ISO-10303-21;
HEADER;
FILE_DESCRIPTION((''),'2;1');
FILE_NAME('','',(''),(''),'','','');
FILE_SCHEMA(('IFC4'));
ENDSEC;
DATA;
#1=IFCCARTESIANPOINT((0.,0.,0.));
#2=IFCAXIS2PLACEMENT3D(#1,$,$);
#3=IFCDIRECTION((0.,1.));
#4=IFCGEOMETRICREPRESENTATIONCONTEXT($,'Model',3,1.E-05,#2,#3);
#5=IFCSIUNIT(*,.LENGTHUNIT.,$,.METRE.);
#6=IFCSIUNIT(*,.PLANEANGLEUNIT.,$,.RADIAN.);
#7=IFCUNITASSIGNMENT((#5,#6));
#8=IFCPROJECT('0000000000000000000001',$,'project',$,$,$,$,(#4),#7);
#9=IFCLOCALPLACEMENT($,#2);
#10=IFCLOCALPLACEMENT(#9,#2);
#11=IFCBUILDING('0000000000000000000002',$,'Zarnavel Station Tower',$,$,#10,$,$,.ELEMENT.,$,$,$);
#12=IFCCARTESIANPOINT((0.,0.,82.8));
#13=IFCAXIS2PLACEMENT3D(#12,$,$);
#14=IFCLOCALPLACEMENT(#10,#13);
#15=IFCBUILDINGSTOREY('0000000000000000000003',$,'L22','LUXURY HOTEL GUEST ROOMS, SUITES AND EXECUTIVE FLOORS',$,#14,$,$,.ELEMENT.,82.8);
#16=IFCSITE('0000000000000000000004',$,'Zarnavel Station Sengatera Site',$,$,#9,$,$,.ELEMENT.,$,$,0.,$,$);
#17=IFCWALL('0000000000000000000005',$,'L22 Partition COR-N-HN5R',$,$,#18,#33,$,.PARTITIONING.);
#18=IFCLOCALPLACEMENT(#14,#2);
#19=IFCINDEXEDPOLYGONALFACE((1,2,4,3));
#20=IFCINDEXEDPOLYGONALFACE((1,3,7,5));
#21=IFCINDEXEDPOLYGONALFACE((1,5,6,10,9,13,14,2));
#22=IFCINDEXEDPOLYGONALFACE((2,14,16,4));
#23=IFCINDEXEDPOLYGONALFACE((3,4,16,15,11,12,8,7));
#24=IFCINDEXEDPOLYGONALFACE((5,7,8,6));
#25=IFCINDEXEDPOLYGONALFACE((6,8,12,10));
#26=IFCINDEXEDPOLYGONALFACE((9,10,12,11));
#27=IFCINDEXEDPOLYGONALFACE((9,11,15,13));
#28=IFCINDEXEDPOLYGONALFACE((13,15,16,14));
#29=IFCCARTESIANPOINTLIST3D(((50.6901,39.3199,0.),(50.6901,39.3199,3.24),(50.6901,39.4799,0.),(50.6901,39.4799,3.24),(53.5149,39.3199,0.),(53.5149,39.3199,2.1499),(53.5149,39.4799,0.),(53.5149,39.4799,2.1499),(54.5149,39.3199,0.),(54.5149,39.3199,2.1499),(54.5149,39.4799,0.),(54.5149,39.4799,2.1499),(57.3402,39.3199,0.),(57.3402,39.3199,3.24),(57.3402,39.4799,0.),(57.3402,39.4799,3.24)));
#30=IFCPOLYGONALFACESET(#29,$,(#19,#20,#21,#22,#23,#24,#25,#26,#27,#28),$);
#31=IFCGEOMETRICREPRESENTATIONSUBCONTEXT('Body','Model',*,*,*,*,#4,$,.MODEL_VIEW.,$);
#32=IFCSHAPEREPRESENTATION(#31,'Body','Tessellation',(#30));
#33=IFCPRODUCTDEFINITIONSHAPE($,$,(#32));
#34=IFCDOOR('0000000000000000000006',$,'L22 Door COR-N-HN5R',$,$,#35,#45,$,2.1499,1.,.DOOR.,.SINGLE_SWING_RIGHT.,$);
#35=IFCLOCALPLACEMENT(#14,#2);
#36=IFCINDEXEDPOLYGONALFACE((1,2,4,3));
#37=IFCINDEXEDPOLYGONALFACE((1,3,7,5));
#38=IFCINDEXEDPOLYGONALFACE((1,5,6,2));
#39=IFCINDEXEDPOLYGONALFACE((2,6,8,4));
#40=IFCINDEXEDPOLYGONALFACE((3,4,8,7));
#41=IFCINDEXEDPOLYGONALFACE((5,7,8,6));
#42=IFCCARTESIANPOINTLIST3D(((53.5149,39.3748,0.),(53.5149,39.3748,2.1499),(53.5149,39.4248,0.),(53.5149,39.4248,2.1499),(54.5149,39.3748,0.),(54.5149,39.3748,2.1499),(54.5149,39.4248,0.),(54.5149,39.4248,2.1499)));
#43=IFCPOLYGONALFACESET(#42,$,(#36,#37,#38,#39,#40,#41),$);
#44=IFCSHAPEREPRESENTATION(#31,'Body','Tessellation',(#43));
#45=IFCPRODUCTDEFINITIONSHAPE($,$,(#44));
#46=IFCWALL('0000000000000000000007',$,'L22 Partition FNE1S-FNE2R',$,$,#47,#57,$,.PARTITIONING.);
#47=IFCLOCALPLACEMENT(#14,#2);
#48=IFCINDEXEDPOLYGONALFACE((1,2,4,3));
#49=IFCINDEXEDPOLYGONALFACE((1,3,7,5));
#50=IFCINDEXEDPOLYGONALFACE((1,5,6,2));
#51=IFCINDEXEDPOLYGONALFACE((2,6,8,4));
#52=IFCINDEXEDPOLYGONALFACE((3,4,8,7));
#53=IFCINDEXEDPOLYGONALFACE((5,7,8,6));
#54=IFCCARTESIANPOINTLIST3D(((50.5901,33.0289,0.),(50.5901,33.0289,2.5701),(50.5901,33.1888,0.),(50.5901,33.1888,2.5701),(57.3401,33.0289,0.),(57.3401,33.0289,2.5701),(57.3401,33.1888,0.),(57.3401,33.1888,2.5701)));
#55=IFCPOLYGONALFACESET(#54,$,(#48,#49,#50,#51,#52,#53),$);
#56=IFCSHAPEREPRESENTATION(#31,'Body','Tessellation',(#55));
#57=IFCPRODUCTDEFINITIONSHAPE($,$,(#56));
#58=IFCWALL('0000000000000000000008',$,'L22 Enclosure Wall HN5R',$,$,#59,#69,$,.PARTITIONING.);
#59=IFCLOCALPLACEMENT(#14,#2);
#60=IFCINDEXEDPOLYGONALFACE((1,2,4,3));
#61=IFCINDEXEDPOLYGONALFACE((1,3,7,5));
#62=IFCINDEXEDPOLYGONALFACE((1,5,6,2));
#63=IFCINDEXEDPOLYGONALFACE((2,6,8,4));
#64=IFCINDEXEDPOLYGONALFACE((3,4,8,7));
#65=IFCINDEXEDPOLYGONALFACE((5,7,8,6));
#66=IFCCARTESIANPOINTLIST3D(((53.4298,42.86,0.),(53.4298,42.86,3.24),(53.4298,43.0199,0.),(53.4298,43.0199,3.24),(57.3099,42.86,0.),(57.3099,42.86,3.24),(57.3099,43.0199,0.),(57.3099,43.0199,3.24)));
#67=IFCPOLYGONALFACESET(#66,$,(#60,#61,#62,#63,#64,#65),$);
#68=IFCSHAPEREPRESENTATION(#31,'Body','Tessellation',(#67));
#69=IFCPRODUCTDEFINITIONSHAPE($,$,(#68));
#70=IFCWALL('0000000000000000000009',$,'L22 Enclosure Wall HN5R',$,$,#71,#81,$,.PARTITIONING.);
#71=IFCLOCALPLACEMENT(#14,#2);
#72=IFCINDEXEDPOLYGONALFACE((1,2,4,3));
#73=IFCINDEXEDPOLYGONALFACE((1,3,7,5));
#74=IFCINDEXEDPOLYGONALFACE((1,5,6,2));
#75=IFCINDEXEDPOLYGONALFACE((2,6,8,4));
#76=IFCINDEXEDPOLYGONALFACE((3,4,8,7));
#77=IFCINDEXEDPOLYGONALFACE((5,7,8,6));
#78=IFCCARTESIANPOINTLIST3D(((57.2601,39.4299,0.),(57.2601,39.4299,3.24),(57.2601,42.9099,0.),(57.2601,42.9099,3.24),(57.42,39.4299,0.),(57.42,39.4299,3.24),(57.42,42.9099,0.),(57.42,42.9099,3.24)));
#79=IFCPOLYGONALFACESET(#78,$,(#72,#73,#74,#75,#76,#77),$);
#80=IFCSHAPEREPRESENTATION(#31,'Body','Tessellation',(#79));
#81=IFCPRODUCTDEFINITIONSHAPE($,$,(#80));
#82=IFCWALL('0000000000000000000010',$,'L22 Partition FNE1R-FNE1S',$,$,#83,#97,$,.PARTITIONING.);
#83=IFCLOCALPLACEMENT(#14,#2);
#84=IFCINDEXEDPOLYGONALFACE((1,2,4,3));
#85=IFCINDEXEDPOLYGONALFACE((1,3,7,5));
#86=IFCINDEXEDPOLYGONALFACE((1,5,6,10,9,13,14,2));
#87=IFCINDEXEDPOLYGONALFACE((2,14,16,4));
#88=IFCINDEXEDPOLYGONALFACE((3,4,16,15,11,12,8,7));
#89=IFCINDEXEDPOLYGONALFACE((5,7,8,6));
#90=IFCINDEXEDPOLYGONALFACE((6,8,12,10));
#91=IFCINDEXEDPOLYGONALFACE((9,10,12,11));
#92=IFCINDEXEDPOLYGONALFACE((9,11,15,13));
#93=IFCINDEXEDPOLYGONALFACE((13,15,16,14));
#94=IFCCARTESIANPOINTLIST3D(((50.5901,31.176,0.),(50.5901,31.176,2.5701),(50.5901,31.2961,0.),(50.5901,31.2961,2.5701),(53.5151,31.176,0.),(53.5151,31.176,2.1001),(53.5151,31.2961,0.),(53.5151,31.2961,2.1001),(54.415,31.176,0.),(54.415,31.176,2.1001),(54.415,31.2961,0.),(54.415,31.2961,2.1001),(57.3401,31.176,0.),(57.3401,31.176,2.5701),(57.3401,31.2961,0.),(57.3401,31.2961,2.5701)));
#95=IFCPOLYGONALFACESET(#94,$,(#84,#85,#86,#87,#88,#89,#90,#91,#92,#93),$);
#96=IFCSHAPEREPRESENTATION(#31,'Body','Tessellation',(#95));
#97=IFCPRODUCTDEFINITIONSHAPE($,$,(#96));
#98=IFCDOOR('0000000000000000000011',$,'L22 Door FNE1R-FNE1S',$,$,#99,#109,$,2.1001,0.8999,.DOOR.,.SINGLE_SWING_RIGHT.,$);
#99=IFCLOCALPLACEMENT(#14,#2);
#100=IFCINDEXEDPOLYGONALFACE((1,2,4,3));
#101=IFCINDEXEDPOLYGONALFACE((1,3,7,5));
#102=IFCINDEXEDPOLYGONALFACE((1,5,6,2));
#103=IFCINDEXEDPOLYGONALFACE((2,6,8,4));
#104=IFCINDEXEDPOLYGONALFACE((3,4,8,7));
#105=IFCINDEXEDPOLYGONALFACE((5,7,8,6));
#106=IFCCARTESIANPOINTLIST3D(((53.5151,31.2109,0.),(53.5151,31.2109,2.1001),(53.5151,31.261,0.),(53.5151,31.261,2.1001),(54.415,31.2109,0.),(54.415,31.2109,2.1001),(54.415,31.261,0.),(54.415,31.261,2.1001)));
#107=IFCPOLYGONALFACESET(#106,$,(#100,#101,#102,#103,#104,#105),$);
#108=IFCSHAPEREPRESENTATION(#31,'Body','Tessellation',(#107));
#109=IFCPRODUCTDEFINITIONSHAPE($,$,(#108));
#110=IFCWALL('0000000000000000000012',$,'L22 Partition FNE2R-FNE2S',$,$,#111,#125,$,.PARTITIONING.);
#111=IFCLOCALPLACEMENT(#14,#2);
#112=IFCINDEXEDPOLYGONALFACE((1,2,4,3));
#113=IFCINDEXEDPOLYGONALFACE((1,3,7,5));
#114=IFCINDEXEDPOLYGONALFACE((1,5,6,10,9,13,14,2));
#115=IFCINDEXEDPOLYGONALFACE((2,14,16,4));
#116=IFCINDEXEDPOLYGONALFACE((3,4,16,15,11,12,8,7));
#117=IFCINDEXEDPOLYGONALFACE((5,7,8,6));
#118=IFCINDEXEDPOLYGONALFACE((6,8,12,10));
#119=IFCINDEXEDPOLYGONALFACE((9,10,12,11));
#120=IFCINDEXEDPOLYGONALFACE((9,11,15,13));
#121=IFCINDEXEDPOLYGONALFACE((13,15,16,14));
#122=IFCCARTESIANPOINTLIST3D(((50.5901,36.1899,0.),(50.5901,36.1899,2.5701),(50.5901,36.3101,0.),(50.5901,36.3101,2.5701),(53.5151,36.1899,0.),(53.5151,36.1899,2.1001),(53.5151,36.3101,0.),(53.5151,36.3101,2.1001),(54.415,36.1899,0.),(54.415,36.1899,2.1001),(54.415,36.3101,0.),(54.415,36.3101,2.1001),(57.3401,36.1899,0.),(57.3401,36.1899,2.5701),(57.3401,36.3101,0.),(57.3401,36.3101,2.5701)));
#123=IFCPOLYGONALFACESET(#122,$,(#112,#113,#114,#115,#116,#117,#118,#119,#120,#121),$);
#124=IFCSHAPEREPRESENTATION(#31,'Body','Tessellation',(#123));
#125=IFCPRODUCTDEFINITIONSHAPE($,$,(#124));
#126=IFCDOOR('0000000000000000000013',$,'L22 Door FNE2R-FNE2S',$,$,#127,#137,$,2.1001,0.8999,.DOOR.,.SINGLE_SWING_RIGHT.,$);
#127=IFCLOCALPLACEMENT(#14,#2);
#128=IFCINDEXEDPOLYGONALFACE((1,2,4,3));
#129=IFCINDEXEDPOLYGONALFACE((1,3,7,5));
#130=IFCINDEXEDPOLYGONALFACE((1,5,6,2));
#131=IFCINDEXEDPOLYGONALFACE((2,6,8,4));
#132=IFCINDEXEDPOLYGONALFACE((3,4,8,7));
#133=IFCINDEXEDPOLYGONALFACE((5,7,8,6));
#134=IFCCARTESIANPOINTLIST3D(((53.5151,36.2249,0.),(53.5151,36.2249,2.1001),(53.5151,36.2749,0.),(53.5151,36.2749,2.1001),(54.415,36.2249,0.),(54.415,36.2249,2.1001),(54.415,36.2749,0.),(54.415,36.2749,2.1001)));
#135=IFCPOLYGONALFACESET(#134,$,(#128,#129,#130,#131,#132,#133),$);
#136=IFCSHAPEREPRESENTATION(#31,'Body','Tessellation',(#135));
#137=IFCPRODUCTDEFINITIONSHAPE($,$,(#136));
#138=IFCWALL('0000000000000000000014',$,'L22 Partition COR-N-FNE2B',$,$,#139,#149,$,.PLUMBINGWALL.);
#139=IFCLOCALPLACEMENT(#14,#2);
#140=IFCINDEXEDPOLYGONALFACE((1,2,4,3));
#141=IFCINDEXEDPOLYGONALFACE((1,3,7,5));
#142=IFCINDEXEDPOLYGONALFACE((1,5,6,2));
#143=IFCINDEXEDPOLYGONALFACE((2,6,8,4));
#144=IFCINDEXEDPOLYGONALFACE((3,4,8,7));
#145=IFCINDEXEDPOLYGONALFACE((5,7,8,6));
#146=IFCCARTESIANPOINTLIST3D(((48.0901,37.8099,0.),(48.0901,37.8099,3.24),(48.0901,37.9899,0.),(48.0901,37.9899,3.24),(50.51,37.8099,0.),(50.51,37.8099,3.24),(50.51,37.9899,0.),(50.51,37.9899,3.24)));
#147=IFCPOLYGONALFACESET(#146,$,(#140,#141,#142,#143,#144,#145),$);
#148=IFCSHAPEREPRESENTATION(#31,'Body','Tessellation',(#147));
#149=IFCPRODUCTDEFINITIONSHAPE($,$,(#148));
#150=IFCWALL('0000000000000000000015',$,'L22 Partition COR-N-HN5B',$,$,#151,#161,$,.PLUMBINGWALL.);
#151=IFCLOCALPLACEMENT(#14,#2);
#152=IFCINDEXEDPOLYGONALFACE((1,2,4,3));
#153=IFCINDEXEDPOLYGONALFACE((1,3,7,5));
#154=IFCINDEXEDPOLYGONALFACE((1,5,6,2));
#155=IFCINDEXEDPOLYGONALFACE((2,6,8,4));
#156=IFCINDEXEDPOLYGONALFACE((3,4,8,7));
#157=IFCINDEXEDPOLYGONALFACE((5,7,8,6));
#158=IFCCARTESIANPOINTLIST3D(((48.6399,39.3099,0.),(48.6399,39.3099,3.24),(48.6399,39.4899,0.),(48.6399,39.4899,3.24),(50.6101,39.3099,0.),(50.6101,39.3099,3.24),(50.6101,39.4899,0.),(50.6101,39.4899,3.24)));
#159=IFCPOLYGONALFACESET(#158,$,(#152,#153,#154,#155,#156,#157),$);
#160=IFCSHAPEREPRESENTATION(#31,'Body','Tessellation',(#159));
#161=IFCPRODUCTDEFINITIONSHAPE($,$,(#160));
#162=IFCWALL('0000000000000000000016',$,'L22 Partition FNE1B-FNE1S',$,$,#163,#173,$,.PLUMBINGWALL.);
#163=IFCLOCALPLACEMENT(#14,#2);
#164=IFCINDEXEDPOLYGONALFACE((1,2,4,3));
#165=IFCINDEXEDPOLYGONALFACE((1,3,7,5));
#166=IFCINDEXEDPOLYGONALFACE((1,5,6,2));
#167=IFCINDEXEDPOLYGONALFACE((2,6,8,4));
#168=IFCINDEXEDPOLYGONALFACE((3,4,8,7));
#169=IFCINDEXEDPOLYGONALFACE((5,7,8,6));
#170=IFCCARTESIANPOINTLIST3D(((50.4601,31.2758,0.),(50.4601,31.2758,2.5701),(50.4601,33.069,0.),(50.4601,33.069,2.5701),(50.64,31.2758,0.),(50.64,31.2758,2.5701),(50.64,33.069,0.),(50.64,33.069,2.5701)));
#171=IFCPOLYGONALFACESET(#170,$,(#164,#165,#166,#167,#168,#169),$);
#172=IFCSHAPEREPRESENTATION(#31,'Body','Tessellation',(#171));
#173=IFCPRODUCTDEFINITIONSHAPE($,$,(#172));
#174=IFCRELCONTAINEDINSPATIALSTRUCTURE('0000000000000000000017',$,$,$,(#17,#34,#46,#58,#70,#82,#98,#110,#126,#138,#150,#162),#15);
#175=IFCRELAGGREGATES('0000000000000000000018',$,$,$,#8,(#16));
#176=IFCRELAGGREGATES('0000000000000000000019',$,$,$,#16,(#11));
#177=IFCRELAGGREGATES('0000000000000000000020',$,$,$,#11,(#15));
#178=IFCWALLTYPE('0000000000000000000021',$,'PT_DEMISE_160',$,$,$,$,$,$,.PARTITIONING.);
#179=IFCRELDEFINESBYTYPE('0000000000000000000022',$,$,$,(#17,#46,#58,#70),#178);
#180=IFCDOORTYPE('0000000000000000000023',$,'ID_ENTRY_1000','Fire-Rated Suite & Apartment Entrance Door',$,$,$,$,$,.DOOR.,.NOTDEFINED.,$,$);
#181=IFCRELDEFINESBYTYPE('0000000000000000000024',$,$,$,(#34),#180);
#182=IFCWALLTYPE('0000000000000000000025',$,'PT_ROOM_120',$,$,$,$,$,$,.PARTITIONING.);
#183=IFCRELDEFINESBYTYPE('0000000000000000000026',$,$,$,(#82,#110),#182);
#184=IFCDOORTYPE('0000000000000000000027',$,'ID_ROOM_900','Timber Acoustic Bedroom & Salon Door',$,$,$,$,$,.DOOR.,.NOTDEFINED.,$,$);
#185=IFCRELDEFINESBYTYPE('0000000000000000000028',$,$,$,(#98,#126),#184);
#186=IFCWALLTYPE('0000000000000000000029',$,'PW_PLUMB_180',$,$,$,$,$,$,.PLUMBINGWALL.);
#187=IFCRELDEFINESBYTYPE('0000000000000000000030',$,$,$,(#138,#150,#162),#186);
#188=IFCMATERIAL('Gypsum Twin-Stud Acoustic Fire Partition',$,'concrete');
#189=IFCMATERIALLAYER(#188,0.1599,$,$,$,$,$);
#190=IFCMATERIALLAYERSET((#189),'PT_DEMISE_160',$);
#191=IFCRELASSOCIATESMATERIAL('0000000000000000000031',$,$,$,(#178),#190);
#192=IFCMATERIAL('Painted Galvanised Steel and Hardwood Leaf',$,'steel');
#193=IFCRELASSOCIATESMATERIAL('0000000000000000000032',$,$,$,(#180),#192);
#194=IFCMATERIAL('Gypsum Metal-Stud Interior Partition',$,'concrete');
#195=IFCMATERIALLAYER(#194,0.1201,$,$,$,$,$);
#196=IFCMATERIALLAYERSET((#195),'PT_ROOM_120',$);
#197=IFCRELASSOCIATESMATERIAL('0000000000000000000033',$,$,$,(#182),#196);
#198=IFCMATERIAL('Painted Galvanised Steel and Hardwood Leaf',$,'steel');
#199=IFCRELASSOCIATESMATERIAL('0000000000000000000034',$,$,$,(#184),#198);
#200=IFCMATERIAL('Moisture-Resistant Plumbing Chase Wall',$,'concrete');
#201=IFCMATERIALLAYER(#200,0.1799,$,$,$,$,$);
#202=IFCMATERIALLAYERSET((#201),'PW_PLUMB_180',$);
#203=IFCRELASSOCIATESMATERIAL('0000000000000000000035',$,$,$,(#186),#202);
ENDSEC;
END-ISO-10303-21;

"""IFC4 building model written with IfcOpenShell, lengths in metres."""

from ifc_helpers import new_model, si_unit, direction, frame, frame_2d, origin, place, context, subcontext, project, spatial, rectangle, extrude, material, layer, layer_set, type_object, element, fill, save


model = new_model("IFC4")

# Units and contexts
model_context = context("Model", 3, precision=1e-05, world=origin(), true_north=direction((0.0, 1.0)))
body_context = subcontext(model_context, "Body", "Model", "MODEL_VIEW")
ifc_project = project(units=[si_unit("LENGTHUNIT", "METRE"), si_unit("PLANEANGLEUNIT", "RADIAN")], contexts=[model_context])

# Site, building, storey
site_placement = place(None, origin())
site = spatial("IfcSite", under=ifc_project, at=site_placement, Name="Zarnavel Station Sengatera Site", CompositionType="ELEMENT", RefElevation=0.0)
building_placement = place(site_placement, origin())
building = spatial("IfcBuilding", under=site, at=building_placement, Name="Zarnavel Station Tower", CompositionType="ELEMENT")
storey_placement = place(building_placement, frame((0.0, 0.0, 82.8)))
storey = spatial("IfcBuildingStorey", under=building, at=storey_placement, Name="L22", Description="LUXURY HOTEL GUEST ROOMS, SUITES AND EXECUTIVE FLOORS", CompositionType="ELEMENT", Elevation=82.8)

# Shared definitions
ifc_material_1 = material(Name="Gypsum Twin-Stud Acoustic Fire Partition", Category="concrete")
ifc_layer_1 = layer(ifc_material_1, 0.1599)
ifc_layer_set_1 = layer_set([ifc_layer_1], Name="PT_DEMISE_160")
wall_type_1 = type_object("IfcWallType", Name="PT_DEMISE_160", PredefinedType="PARTITIONING", material=ifc_layer_set_1)

# Wall, opening, door
wall_1_placement = place(storey_placement, frame((50.6899, 39.3999, 0.0), z_axis=(0.0, 0.0, 1.0), x_axis=(1.0, 0.0, 0.0)))
wall_1 = element("IfcWall", 1, at=wall_1_placement, inside=storey, type_object=wall_type_1, Name="L22 Partition COR-N-HN5R", PredefinedType="PARTITIONING", context=body_context, shape_type="SweptSolid", body=[
    extrude(rectangle(XDim=6.6501, YDim=0.1599, at=frame_2d((3.3252, 0.0))), origin(), (0.0, 0.0, 1.0), 3.24),
])
opening_1_placement = place(wall_1_placement, frame((2.825, 0.0, 0.0)))
opening_1 = element("IfcOpeningElement", 2, at=opening_1_placement, cuts=wall_1, PredefinedType="OPENING", context=body_context, shape_type="SweptSolid", body=[
    extrude(rectangle(XDim=1.0, YDim=2.1499, at=frame_2d((0.5, 1.075))), frame((0.0, 0.0898, 0.0), z_axis=(0.0, -1.0, 0.0), x_axis=(1.0, 0.0, 0.0)), (0.0, 0.0, 1.0), 0.1799),
])
ifc_material_2 = material(Name="Painted Galvanised Steel and Hardwood Leaf", Category="steel")
door_type_1 = type_object("IfcDoorType", Name="ID_ENTRY_1000", Description="Fire-Rated Suite & Apartment Entrance Door", OperationType="NOTDEFINED", PredefinedType="DOOR", material=ifc_material_2)
door_1_placement = place(opening_1_placement, origin())
door_1 = element("IfcDoor", 3, at=door_1_placement, inside=storey, type_object=door_type_1, Name="L22 Door COR-N-HN5R", OperationType="SINGLE_SWING_RIGHT", OverallHeight=2.1499, OverallWidth=1.0, PredefinedType="DOOR", context=body_context, shape_type="SweptSolid", body=[
    extrude(rectangle(XDim=1.0, YDim=2.1499, at=frame_2d((0.5, 1.075))), frame((0.0, 0.0249, 0.0), z_axis=(0.0, -1.0, 0.0), x_axis=(1.0, 0.0, 0.0)), (0.0, 0.0, 1.0), 0.05),
])
fill(opening_1, door_1)

# Walls
wall_2_placement = place(storey_placement, frame((50.5901, 33.1089, 0.0), z_axis=(0.0, 0.0, 1.0), x_axis=(1.0, 0.0, 0.0)))
element("IfcWall", 4, at=wall_2_placement, inside=storey, type_object=wall_type_1, Name="L22 Partition FNE1S-FNE2R", PredefinedType="PARTITIONING", context=body_context, shape_type="SweptSolid", body=[
    extrude(rectangle(XDim=6.75, YDim=0.1599, at=frame_2d((3.375, 0.0))), origin(), (0.0, 0.0, 1.0), 2.5701),
])
wall_3_placement = place(storey_placement, frame((53.4299, 42.9399, 0.0), z_axis=(0.0, 0.0, 1.0), x_axis=(1.0, 0.0, 0.0)))
element("IfcWall", 5, at=wall_3_placement, inside=storey, type_object=wall_type_1, Name="L22 Enclosure Wall HN5R", PredefinedType="PARTITIONING", context=body_context, shape_type="SweptSolid", body=[
    extrude(rectangle(XDim=3.8801, YDim=0.1599, at=frame_2d((1.9399, 0.0))), origin(), (0.0, 0.0, 1.0), 3.24),
])
wall_4_placement = place(storey_placement, frame((57.3401, 39.4299, 0.0), z_axis=(0.0, 0.0, 1.0), x_axis=(0.0, 1.0, 0.0)))
element("IfcWall", 6, at=wall_4_placement, inside=storey, type_object=wall_type_1, Name="L22 Enclosure Wall HN5R", PredefinedType="PARTITIONING", context=body_context, shape_type="SweptSolid", body=[
    extrude(rectangle(XDim=3.48, YDim=0.1599, at=frame_2d((1.74, 0.0))), origin(), (0.0, 0.0, 1.0), 3.24),
])

# Walls, openings, doors
ifc_material_3 = material(Name="Gypsum Metal-Stud Interior Partition", Category="concrete")
ifc_layer_2 = layer(ifc_material_3, 0.1201)
ifc_layer_set_2 = layer_set([ifc_layer_2], Name="PT_ROOM_120")
wall_type_2 = type_object("IfcWallType", Name="PT_ROOM_120", PredefinedType="PARTITIONING", material=ifc_layer_set_2)
wall_5_placement = place(storey_placement, frame((50.5901, 31.2361, 0.0), z_axis=(0.0, 0.0, 1.0), x_axis=(1.0, 0.0, 0.0)))
wall_5 = element("IfcWall", 7, at=wall_5_placement, inside=storey, type_object=wall_type_2, Name="L22 Partition FNE1R-FNE1S", PredefinedType="PARTITIONING", context=body_context, shape_type="SweptSolid", body=[
    extrude(rectangle(XDim=6.75, YDim=0.1201, at=frame_2d((3.375, 0.0))), origin(), (0.0, 0.0, 1.0), 2.5701),
])
opening_2_placement = place(wall_5_placement, frame((2.925, 0.0, 0.0)))
opening_2 = element("IfcOpeningElement", 8, at=opening_2_placement, cuts=wall_5, PredefinedType="OPENING", context=body_context, shape_type="SweptSolid", body=[
    extrude(rectangle(XDim=0.8999, YDim=2.1001, at=frame_2d((0.45, 1.05))), frame((0.0, 0.0701, 0.0), z_axis=(0.0, -1.0, 0.0), x_axis=(1.0, 0.0, 0.0)), (0.0, 0.0, 1.0), 0.1401),
])
ifc_material_4 = material(Name="Painted Galvanised Steel and Hardwood Leaf", Category="steel")
door_type_2 = type_object("IfcDoorType", Name="ID_ROOM_900", Description="Timber Acoustic Bedroom & Salon Door", OperationType="NOTDEFINED", PredefinedType="DOOR", material=ifc_material_4)
door_2_placement = place(opening_2_placement, origin())
door_2 = element("IfcDoor", 9, at=door_2_placement, inside=storey, type_object=door_type_2, Name="L22 Door FNE1R-FNE1S", OperationType="SINGLE_SWING_RIGHT", OverallHeight=2.1001, OverallWidth=0.8999, PredefinedType="DOOR", context=body_context, shape_type="SweptSolid", body=[
    extrude(rectangle(XDim=0.8999, YDim=2.1001, at=frame_2d((0.45, 1.05))), frame((0.0, 0.0249, 0.0), z_axis=(0.0, -1.0, 0.0), x_axis=(1.0, 0.0, 0.0)), (0.0, 0.0, 1.0), 0.05),
])
fill(opening_2, door_2)
wall_6_placement = place(storey_placement, frame((50.5901, 36.25, 0.0), z_axis=(0.0, 0.0, 1.0), x_axis=(1.0, 0.0, 0.0)))
wall_6 = element("IfcWall", 10, at=wall_6_placement, inside=storey, type_object=wall_type_2, Name="L22 Partition FNE2R-FNE2S", PredefinedType="PARTITIONING", context=body_context, shape_type="SweptSolid", body=[
    extrude(rectangle(XDim=6.75, YDim=0.1201, at=frame_2d((3.375, 0.0))), origin(), (0.0, 0.0, 1.0), 2.5701),
])
opening_3_placement = place(wall_6_placement, frame((2.925, 0.0, 0.0)))
opening_3 = element("IfcOpeningElement", 11, at=opening_3_placement, cuts=wall_6, PredefinedType="OPENING", context=body_context, shape_type="SweptSolid", body=[
    extrude(rectangle(XDim=0.8999, YDim=2.1001, at=frame_2d((0.45, 1.05))), frame((0.0, 0.0701, 0.0), z_axis=(0.0, -1.0, 0.0), x_axis=(1.0, 0.0, 0.0)), (0.0, 0.0, 1.0), 0.1401),
])
door_3_placement = place(opening_3_placement, origin())
door_3 = element("IfcDoor", 12, at=door_3_placement, inside=storey, type_object=door_type_2, Name="L22 Door FNE2R-FNE2S", OperationType="SINGLE_SWING_RIGHT", OverallHeight=2.1001, OverallWidth=0.8999, PredefinedType="DOOR", context=body_context, shape_type="SweptSolid", body=[
    extrude(rectangle(XDim=0.8999, YDim=2.1001, at=frame_2d((0.45, 1.05))), frame((0.0, 0.0249, 0.0), z_axis=(0.0, -1.0, 0.0), x_axis=(1.0, 0.0, 0.0)), (0.0, 0.0, 1.0), 0.05),
])
fill(opening_3, door_3)

# Walls
ifc_material_5 = material(Name="Moisture-Resistant Plumbing Chase Wall", Category="concrete")
ifc_layer_3 = layer(ifc_material_5, 0.1799)
ifc_layer_set_3 = layer_set([ifc_layer_3], Name="PW_PLUMB_180")
wall_type_3 = type_object("IfcWallType", Name="PW_PLUMB_180", PredefinedType="PLUMBINGWALL", material=ifc_layer_set_3)
wall_7_placement = place(storey_placement, frame((48.0901, 37.8999, 0.0), z_axis=(0.0, 0.0, 1.0), x_axis=(1.0, 0.0, 0.0)))
element("IfcWall", 13, at=wall_7_placement, inside=storey, type_object=wall_type_3, Name="L22 Partition COR-N-FNE2B", PredefinedType="PLUMBINGWALL", context=body_context, shape_type="SweptSolid", body=[
    extrude(rectangle(XDim=2.4199, YDim=0.1799, at=frame_2d((1.21, 0.0))), origin(), (0.0, 0.0, 1.0), 3.24),
])
wall_8_placement = place(storey_placement, frame((48.6399, 39.3999, 0.0), z_axis=(0.0, 0.0, 1.0), x_axis=(1.0, 0.0, 0.0)))
element("IfcWall", 14, at=wall_8_placement, inside=storey, type_object=wall_type_3, Name="L22 Partition COR-N-HN5B", PredefinedType="PLUMBINGWALL", context=body_context, shape_type="SweptSolid", body=[
    extrude(rectangle(XDim=1.9702, YDim=0.1799, at=frame_2d((0.9851, 0.0))), origin(), (0.0, 0.0, 1.0), 3.24),
])
wall_9_placement = place(storey_placement, frame((50.55, 31.2759, 0.0), z_axis=(0.0, 0.0, 1.0), x_axis=(0.0, 1.0, 0.0)))
element("IfcWall", 15, at=wall_9_placement, inside=storey, type_object=wall_type_3, Name="L22 Partition FNE1B-FNE1S", PredefinedType="PLUMBINGWALL", context=body_context, shape_type="SweptSolid", body=[
    extrude(rectangle(XDim=1.7932, YDim=0.1799, at=frame_2d((0.8965, 0.0))), origin(), (0.0, 0.0, 1.0), 2.5701),
])

save(model, "model.ifc")
